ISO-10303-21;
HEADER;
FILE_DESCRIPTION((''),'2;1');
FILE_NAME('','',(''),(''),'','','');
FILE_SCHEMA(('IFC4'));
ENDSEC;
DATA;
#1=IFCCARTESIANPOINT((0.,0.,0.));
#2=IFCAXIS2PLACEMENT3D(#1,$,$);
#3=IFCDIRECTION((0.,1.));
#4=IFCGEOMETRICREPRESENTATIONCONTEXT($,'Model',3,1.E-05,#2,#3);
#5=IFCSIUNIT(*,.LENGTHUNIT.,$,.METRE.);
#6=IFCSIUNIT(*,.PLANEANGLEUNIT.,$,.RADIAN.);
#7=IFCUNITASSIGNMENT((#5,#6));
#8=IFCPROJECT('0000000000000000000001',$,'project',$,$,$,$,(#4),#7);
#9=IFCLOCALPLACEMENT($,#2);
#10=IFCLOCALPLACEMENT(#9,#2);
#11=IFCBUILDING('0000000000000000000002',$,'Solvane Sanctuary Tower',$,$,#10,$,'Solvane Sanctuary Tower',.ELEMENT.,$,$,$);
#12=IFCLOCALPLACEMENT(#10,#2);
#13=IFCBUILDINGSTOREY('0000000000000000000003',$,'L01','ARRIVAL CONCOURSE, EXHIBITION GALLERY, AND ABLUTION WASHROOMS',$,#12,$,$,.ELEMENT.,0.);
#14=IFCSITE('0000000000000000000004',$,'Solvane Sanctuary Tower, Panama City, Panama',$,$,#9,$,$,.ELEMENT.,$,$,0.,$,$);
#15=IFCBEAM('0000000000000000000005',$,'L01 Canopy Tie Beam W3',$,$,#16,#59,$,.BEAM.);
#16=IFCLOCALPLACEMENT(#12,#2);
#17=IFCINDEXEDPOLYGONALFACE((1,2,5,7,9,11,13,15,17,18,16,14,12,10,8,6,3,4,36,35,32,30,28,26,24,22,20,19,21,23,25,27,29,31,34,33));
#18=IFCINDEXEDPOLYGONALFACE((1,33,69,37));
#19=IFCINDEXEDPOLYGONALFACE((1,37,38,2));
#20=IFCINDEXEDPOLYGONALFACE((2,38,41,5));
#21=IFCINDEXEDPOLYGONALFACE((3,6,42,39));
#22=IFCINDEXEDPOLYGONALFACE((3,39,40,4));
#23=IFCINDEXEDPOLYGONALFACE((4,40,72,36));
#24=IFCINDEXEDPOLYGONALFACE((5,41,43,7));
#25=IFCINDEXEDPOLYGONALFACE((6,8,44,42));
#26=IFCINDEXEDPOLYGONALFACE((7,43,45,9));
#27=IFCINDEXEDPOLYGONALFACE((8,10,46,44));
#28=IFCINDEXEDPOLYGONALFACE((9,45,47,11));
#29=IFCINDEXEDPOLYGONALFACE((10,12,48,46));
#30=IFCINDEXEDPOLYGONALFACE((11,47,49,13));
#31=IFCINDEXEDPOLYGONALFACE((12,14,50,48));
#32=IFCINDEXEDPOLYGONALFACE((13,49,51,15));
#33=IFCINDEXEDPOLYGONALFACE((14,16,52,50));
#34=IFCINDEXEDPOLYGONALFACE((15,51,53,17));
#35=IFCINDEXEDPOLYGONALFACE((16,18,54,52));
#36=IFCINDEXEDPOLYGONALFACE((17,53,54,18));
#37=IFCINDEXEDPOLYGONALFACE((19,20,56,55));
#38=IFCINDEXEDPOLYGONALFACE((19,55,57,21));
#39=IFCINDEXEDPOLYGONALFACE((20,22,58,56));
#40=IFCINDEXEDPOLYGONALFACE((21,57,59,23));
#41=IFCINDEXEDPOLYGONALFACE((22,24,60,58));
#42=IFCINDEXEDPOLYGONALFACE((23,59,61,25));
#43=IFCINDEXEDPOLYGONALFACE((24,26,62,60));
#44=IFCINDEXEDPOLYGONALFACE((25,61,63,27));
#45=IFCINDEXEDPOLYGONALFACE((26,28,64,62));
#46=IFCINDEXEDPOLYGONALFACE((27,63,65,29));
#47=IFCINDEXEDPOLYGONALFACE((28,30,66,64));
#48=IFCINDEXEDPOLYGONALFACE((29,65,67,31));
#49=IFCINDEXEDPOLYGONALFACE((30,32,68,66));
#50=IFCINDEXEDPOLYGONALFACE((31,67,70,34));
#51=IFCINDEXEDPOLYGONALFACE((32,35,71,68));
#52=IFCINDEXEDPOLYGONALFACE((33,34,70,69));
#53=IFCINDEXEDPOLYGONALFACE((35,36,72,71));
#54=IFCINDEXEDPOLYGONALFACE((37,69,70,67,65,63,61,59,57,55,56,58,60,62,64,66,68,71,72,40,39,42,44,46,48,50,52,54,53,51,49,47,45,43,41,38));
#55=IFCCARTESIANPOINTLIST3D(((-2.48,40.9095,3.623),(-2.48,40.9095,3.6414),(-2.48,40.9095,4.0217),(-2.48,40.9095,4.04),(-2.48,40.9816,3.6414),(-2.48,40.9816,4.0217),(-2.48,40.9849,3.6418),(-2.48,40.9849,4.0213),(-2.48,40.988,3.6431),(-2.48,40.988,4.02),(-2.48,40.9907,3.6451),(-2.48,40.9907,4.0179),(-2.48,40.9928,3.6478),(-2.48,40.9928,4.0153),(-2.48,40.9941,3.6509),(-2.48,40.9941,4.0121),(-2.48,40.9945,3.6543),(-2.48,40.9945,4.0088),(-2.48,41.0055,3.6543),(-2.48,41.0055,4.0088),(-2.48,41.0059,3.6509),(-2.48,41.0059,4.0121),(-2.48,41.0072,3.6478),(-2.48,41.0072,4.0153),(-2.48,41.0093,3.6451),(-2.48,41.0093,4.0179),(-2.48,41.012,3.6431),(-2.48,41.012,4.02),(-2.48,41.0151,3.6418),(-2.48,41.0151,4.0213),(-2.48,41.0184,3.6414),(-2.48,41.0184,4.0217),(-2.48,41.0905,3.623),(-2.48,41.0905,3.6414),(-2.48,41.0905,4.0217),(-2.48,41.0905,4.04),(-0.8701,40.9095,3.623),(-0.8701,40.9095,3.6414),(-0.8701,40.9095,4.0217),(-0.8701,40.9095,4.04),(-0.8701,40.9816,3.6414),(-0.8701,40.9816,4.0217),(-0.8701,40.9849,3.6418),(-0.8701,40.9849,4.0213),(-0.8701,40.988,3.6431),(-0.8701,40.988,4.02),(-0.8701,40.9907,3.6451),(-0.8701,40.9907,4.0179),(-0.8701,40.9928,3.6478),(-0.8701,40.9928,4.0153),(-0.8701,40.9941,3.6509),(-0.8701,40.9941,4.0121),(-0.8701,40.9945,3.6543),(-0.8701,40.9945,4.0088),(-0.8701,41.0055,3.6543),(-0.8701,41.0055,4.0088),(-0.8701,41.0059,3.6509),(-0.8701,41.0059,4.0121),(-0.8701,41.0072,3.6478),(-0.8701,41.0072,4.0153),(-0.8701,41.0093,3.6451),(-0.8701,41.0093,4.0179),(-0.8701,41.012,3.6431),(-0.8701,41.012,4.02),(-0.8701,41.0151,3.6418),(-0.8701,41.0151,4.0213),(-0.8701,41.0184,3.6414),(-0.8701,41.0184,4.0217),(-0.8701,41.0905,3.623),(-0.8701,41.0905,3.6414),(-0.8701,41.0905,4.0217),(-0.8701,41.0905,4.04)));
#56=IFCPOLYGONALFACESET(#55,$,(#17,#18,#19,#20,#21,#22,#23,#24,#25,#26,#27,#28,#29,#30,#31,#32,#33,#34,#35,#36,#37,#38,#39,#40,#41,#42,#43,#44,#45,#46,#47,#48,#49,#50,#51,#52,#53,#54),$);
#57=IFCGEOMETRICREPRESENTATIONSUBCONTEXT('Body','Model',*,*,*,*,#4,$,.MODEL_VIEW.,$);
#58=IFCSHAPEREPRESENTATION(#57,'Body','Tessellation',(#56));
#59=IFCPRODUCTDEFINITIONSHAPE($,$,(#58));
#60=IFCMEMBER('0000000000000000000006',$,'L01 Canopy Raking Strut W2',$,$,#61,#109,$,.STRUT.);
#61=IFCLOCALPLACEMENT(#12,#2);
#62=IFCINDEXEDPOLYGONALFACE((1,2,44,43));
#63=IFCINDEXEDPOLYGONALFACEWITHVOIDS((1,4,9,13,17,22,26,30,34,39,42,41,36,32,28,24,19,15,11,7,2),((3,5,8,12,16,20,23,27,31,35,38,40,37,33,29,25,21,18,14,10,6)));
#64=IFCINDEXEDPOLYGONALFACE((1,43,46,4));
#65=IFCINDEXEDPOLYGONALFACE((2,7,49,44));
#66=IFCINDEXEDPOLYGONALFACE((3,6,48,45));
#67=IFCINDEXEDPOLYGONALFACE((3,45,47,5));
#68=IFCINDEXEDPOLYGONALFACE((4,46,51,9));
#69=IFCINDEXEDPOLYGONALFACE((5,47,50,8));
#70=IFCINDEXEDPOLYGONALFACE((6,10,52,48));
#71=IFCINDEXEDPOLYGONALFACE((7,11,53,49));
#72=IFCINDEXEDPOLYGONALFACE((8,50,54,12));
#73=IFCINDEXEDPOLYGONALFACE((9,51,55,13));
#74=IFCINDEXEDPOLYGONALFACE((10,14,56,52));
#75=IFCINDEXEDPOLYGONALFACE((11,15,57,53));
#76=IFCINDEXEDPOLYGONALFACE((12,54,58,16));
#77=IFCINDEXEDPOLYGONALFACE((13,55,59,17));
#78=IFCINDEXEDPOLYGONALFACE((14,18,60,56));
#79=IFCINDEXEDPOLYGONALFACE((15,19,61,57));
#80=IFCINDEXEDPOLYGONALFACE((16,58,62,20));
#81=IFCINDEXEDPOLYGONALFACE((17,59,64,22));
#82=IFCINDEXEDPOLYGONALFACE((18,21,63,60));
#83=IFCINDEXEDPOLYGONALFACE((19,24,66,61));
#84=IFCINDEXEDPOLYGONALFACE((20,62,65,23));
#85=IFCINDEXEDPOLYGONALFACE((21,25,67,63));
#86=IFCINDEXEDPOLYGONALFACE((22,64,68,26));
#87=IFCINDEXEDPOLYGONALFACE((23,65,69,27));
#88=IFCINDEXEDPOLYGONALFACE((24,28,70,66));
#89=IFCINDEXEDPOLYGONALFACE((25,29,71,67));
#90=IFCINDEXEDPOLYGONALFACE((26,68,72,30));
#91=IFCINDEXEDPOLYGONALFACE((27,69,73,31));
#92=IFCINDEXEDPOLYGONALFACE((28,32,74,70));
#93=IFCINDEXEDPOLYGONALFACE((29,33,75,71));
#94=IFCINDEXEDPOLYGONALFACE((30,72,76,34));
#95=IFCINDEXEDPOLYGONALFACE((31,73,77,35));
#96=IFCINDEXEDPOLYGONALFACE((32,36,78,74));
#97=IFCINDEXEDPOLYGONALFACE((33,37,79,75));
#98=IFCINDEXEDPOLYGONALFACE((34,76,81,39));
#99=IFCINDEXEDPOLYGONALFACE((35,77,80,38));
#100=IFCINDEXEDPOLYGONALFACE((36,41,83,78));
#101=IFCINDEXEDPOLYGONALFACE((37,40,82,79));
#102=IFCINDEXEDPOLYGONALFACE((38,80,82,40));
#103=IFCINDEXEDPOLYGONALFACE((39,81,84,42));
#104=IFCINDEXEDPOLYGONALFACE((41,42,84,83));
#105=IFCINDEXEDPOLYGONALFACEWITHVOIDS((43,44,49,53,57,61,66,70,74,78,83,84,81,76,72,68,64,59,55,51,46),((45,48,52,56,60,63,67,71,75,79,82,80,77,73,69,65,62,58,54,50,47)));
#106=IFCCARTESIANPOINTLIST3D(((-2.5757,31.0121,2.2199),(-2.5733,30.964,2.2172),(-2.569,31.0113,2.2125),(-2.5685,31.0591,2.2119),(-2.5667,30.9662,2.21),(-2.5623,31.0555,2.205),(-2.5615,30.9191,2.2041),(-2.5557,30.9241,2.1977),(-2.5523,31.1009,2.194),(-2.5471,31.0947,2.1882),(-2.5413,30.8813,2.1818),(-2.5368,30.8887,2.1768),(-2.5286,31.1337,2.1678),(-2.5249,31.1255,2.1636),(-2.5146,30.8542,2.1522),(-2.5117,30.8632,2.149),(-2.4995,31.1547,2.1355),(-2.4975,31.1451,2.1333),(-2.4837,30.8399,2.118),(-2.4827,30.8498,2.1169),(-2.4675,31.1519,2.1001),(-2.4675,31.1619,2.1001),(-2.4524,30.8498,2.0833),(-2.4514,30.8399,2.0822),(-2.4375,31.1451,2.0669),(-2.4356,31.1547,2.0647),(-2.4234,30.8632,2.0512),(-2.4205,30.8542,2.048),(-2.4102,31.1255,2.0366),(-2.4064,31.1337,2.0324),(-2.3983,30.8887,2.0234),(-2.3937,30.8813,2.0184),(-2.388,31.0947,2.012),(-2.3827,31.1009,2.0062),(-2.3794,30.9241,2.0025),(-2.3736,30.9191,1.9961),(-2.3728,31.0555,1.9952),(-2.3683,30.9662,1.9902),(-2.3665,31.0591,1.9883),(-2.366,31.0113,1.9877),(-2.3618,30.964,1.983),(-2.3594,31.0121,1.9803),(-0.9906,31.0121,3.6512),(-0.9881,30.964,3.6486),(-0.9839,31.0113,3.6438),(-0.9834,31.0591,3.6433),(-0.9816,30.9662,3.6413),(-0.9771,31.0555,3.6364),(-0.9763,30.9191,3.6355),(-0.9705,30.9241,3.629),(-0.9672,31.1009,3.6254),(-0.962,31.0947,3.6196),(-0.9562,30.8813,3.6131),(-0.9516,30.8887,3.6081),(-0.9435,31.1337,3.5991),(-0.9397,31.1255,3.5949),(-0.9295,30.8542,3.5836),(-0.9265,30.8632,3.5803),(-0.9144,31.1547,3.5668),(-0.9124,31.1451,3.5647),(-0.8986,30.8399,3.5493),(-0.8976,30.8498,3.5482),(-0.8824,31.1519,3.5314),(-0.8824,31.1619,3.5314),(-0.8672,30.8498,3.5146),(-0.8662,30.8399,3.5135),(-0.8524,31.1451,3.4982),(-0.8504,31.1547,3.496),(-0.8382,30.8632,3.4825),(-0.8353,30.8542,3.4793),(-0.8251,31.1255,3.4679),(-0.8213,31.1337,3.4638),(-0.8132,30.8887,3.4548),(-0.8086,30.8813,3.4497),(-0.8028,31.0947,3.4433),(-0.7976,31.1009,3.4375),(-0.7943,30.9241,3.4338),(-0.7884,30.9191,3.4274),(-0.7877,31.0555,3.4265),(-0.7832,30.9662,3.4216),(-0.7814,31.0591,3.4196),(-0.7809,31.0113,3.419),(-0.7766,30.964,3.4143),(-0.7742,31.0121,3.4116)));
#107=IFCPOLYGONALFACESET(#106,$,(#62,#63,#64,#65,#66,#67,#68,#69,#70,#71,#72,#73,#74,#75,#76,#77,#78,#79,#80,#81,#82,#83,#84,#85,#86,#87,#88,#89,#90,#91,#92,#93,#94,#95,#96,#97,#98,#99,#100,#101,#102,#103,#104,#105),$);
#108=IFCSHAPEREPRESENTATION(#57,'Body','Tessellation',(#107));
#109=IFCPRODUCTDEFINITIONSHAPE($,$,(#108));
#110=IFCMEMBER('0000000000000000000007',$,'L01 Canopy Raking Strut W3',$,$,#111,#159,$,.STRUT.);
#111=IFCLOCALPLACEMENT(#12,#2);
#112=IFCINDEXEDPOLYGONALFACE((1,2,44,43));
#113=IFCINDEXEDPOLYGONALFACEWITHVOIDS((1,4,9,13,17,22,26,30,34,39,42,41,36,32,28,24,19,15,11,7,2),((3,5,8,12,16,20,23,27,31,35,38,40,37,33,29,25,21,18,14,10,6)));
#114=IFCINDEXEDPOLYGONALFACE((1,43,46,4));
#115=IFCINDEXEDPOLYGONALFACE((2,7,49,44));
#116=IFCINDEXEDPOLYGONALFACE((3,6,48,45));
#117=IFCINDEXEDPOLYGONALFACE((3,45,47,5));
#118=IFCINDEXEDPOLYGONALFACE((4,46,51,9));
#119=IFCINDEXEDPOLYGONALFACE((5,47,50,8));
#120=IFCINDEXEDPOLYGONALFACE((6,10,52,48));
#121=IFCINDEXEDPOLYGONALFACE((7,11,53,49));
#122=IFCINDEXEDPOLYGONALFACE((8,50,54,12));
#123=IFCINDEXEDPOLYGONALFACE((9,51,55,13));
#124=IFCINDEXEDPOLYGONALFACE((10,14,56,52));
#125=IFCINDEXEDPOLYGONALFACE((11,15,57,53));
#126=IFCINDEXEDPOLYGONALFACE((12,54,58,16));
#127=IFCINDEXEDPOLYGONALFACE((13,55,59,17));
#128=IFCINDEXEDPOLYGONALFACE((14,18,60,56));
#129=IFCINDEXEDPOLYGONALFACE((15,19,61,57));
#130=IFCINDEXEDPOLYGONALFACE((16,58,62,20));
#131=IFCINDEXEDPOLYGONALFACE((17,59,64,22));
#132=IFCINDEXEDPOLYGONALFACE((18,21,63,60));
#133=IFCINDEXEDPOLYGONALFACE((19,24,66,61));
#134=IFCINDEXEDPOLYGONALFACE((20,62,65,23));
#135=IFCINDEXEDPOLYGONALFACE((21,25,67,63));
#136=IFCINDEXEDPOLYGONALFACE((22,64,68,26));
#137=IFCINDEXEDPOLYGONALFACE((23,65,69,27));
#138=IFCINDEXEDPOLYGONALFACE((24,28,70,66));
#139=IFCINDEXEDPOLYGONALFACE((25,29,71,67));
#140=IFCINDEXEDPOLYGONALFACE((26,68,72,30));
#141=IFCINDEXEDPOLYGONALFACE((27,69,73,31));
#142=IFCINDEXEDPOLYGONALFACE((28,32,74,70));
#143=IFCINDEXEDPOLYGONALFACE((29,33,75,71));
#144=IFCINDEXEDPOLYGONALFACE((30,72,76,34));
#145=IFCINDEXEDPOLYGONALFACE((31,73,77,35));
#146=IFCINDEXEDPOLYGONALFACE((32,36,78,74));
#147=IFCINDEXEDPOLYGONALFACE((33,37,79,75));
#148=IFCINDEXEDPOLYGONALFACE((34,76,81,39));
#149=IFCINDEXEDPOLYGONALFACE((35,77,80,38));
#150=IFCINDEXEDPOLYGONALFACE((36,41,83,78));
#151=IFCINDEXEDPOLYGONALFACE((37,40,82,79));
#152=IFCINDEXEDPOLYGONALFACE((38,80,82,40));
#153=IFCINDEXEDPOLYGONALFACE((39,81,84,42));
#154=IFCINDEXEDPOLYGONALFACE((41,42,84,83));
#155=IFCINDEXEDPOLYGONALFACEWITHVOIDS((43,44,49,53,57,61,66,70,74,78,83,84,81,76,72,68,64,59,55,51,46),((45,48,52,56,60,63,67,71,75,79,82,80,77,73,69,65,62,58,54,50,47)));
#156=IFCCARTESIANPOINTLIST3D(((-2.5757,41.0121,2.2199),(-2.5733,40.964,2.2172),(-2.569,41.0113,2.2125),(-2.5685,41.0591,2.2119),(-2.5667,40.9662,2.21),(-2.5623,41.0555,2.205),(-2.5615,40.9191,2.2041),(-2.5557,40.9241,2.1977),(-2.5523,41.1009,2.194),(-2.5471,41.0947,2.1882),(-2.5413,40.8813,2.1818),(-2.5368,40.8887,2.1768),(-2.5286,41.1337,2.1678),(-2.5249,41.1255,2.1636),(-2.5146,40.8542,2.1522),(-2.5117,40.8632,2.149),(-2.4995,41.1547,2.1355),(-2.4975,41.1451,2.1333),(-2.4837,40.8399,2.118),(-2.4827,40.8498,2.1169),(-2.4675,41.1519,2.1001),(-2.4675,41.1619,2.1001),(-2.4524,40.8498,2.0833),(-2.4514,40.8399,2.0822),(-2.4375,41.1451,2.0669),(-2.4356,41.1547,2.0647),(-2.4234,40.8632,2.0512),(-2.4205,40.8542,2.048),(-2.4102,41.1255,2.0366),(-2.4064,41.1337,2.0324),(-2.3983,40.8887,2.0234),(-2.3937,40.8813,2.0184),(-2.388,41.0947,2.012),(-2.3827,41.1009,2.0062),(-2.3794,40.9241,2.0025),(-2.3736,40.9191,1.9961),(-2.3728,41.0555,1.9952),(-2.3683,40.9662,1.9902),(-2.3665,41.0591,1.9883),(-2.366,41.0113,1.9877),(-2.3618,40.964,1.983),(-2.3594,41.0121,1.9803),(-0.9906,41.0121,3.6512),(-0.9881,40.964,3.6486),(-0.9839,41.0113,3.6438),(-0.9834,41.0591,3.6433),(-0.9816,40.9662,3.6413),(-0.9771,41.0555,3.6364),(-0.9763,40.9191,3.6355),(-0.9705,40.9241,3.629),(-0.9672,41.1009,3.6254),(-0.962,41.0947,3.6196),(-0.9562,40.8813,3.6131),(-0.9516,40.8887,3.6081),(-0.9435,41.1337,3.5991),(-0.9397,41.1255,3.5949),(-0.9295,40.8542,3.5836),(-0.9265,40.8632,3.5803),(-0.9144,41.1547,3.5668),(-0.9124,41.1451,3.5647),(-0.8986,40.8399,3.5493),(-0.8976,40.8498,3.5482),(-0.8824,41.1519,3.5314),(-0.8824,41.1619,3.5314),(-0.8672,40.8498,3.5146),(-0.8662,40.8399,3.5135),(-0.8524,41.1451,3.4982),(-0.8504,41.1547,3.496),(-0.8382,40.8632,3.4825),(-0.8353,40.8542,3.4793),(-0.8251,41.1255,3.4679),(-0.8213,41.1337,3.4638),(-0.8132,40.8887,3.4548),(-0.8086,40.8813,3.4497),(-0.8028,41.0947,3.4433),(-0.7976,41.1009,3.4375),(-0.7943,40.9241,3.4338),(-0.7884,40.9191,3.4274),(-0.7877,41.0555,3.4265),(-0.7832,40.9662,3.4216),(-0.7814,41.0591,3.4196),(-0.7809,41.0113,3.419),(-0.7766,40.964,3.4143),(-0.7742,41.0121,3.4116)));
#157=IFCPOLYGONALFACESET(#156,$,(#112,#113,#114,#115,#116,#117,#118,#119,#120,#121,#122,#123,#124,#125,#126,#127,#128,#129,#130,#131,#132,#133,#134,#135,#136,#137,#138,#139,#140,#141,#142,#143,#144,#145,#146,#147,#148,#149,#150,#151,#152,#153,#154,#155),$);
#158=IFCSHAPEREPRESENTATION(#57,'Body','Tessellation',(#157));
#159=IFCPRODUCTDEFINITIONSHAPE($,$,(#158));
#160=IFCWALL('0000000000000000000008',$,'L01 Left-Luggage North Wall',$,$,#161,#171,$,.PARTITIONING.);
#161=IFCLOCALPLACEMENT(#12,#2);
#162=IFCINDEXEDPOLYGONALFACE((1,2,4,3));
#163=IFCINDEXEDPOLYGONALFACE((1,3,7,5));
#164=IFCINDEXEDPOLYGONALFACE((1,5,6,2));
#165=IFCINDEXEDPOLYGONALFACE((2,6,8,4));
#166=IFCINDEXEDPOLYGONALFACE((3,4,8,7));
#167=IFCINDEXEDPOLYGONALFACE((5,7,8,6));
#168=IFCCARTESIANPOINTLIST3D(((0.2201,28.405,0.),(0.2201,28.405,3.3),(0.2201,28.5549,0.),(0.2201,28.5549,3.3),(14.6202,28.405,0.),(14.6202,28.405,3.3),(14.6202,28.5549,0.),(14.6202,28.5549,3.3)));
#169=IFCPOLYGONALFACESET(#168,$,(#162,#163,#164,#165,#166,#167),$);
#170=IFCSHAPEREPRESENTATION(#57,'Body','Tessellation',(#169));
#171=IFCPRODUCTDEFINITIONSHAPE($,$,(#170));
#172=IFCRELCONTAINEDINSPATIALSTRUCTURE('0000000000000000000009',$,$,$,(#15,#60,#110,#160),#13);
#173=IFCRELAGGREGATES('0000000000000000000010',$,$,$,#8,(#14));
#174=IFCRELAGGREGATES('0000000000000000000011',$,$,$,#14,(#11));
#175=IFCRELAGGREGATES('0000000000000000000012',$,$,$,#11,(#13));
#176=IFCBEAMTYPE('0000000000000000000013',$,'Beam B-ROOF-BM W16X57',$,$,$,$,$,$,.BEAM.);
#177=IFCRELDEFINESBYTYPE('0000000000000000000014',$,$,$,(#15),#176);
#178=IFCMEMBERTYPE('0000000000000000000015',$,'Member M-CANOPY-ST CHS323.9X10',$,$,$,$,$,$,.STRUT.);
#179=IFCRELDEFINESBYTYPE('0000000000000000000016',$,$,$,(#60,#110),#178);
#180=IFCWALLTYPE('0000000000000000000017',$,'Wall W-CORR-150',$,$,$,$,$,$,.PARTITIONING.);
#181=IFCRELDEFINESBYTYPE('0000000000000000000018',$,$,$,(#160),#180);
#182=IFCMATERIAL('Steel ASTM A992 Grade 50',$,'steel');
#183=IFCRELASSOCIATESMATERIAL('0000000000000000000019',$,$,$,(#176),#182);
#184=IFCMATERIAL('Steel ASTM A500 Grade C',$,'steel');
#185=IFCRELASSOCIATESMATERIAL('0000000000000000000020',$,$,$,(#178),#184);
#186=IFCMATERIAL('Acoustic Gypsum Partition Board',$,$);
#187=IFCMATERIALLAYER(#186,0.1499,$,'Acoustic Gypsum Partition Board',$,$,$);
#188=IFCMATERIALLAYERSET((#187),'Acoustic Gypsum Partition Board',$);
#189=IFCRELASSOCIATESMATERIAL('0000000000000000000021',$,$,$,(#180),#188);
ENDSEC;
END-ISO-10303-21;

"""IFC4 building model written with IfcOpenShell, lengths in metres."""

from ifc_helpers import new_model, si_unit, direction, frame, frame_2d, origin, origin_2d, place, context, subcontext, project, spatial, rectangle, hollow_circle, i_section, extrude, material, layer, layer_set, material_profile, profile_set, type_object, element, save


model = new_model("IFC4")

# Units and contexts
model_context = context("Model", 3, precision=1e-05, world=origin(), true_north=direction((0.0, 1.0)))
body_context = subcontext(model_context, "Body", "Model", "MODEL_VIEW")
ifc_project = project(units=[si_unit("LENGTHUNIT", "METRE"), si_unit("PLANEANGLEUNIT", "RADIAN")], contexts=[model_context])

# Site, building, storey
site_placement = place(None, origin())
site = spatial("IfcSite", under=ifc_project, at=site_placement, Name="Solvane Sanctuary Tower, Panama City, Panama", CompositionType="ELEMENT", RefElevation=0.0)
building_placement = place(site_placement, origin())
building = spatial("IfcBuilding", under=site, at=building_placement, Name="Solvane Sanctuary Tower", LongName="Solvane Sanctuary Tower", CompositionType="ELEMENT")
storey_placement = place(building_placement, origin())
storey = spatial("IfcBuildingStorey", under=building, at=storey_placement, Name="L01", Description="ARRIVAL CONCOURSE, EXHIBITION GALLERY, AND ABLUTION WASHROOMS", CompositionType="ELEMENT", Elevation=0.0)

# Beam
ifc_material_1 = material(Name="Steel ASTM A992 Grade 50", Category="steel")
ifc_material_profile_1 = material_profile(ifc_material_1, i_section(OverallWidth=0.1809, OverallDepth=0.417, WebThickness=0.011, FlangeThickness=0.0183, FilletRadius=0.0129, at=origin_2d()), Name="W16X57")
ifc_profile_set_1 = profile_set([ifc_material_profile_1], Name="Steel ASTM A992 Grade 50")
beam_type_1 = type_object("IfcBeamType", Name="Beam B-ROOF-BM W16X57", PredefinedType="BEAM", material=ifc_profile_set_1)
for number, where, z_axis, x_axis, name in (
    (1, (-2.48, 41.0, 3.8315), (1.0, 0.0, 0.0), (0.0, 1.0, 0.0), "L01 Canopy Tie Beam W3"),
):
    element("IfcBeam", number, at=place(storey_placement, frame(where, z_axis=z_axis, x_axis=x_axis)), inside=storey, type_object=beam_type_1, Name=name, PredefinedType="BEAM", context=body_context, shape_type="SweptSolid", body=[
        extrude(i_section(OverallWidth=0.1809, OverallDepth=0.417, WebThickness=0.011, FlangeThickness=0.0183, FilletRadius=0.0129, at=origin_2d()), origin(), (0.0, 0.0, 1.0), 1.6099),
    ])

# Members
ifc_material_2 = material(Name="Steel ASTM A500 Grade C", Category="steel")
ifc_material_profile_2 = material_profile(ifc_material_2, hollow_circle(Radius=0.1619, WallThickness=0.01, at=origin_2d()), Name="CHS323.9X10")
ifc_profile_set_2 = profile_set([ifc_material_profile_2], Name="Steel ASTM A500 Grade C")
member_type = type_object("IfcMemberType", Name="Member M-CANOPY-ST CHS323.9X10", PredefinedType="STRUT", material=ifc_profile_set_2)
for number, where, z_axis, x_axis, name in (
    (2, (-2.4675, 31.0, 2.1001), (0.742196, 0.0, 0.670183), (0.0, 1.0, 0.0), "L01 Canopy Raking Strut W2"),
    (3, (-2.4675, 41.0, 2.1001), (0.742196, 0.0, 0.670183), (0.0, 1.0, 0.0), "L01 Canopy Raking Strut W3"),
):
    element("IfcMember", number, at=place(storey_placement, frame(where, z_axis=z_axis, x_axis=x_axis)), inside=storey, type_object=member_type, Name=name, PredefinedType="STRUT", context=body_context, shape_type="SweptSolid", body=[
        extrude(hollow_circle(Radius=0.1619, WallThickness=0.01, at=origin_2d()), origin(), (0.0, 0.0, 1.0), 2.1357),
    ])

# Wall
ifc_material_3 = material(Name="Acoustic Gypsum Partition Board")
ifc_layer_1 = layer(ifc_material_3, 0.1499, Name="Acoustic Gypsum Partition Board")
ifc_layer_set_1 = layer_set([ifc_layer_1], Name="Acoustic Gypsum Partition Board")
wall_type_1 = type_object("IfcWallType", Name="Wall W-CORR-150", PredefinedType="PARTITIONING", material=ifc_layer_set_1)
wall_1_placement = place(storey_placement, frame((0.22, 28.48, 0.0), z_axis=(0.0, 0.0, 1.0), x_axis=(1.0, 0.0, 0.0)))
element("IfcWall", 4, at=wall_1_placement, inside=storey, type_object=wall_type_1, Name="L01 Left-Luggage North Wall", PredefinedType="PARTITIONING", context=body_context, shape_type="SweptSolid", body=[
    extrude(rectangle(XDim=14.4001, YDim=0.1499, at=frame_2d((7.2002, 0.0))), origin(), (0.0, 0.0, 1.0), 3.3),
])

save(model, "model.ifc")
